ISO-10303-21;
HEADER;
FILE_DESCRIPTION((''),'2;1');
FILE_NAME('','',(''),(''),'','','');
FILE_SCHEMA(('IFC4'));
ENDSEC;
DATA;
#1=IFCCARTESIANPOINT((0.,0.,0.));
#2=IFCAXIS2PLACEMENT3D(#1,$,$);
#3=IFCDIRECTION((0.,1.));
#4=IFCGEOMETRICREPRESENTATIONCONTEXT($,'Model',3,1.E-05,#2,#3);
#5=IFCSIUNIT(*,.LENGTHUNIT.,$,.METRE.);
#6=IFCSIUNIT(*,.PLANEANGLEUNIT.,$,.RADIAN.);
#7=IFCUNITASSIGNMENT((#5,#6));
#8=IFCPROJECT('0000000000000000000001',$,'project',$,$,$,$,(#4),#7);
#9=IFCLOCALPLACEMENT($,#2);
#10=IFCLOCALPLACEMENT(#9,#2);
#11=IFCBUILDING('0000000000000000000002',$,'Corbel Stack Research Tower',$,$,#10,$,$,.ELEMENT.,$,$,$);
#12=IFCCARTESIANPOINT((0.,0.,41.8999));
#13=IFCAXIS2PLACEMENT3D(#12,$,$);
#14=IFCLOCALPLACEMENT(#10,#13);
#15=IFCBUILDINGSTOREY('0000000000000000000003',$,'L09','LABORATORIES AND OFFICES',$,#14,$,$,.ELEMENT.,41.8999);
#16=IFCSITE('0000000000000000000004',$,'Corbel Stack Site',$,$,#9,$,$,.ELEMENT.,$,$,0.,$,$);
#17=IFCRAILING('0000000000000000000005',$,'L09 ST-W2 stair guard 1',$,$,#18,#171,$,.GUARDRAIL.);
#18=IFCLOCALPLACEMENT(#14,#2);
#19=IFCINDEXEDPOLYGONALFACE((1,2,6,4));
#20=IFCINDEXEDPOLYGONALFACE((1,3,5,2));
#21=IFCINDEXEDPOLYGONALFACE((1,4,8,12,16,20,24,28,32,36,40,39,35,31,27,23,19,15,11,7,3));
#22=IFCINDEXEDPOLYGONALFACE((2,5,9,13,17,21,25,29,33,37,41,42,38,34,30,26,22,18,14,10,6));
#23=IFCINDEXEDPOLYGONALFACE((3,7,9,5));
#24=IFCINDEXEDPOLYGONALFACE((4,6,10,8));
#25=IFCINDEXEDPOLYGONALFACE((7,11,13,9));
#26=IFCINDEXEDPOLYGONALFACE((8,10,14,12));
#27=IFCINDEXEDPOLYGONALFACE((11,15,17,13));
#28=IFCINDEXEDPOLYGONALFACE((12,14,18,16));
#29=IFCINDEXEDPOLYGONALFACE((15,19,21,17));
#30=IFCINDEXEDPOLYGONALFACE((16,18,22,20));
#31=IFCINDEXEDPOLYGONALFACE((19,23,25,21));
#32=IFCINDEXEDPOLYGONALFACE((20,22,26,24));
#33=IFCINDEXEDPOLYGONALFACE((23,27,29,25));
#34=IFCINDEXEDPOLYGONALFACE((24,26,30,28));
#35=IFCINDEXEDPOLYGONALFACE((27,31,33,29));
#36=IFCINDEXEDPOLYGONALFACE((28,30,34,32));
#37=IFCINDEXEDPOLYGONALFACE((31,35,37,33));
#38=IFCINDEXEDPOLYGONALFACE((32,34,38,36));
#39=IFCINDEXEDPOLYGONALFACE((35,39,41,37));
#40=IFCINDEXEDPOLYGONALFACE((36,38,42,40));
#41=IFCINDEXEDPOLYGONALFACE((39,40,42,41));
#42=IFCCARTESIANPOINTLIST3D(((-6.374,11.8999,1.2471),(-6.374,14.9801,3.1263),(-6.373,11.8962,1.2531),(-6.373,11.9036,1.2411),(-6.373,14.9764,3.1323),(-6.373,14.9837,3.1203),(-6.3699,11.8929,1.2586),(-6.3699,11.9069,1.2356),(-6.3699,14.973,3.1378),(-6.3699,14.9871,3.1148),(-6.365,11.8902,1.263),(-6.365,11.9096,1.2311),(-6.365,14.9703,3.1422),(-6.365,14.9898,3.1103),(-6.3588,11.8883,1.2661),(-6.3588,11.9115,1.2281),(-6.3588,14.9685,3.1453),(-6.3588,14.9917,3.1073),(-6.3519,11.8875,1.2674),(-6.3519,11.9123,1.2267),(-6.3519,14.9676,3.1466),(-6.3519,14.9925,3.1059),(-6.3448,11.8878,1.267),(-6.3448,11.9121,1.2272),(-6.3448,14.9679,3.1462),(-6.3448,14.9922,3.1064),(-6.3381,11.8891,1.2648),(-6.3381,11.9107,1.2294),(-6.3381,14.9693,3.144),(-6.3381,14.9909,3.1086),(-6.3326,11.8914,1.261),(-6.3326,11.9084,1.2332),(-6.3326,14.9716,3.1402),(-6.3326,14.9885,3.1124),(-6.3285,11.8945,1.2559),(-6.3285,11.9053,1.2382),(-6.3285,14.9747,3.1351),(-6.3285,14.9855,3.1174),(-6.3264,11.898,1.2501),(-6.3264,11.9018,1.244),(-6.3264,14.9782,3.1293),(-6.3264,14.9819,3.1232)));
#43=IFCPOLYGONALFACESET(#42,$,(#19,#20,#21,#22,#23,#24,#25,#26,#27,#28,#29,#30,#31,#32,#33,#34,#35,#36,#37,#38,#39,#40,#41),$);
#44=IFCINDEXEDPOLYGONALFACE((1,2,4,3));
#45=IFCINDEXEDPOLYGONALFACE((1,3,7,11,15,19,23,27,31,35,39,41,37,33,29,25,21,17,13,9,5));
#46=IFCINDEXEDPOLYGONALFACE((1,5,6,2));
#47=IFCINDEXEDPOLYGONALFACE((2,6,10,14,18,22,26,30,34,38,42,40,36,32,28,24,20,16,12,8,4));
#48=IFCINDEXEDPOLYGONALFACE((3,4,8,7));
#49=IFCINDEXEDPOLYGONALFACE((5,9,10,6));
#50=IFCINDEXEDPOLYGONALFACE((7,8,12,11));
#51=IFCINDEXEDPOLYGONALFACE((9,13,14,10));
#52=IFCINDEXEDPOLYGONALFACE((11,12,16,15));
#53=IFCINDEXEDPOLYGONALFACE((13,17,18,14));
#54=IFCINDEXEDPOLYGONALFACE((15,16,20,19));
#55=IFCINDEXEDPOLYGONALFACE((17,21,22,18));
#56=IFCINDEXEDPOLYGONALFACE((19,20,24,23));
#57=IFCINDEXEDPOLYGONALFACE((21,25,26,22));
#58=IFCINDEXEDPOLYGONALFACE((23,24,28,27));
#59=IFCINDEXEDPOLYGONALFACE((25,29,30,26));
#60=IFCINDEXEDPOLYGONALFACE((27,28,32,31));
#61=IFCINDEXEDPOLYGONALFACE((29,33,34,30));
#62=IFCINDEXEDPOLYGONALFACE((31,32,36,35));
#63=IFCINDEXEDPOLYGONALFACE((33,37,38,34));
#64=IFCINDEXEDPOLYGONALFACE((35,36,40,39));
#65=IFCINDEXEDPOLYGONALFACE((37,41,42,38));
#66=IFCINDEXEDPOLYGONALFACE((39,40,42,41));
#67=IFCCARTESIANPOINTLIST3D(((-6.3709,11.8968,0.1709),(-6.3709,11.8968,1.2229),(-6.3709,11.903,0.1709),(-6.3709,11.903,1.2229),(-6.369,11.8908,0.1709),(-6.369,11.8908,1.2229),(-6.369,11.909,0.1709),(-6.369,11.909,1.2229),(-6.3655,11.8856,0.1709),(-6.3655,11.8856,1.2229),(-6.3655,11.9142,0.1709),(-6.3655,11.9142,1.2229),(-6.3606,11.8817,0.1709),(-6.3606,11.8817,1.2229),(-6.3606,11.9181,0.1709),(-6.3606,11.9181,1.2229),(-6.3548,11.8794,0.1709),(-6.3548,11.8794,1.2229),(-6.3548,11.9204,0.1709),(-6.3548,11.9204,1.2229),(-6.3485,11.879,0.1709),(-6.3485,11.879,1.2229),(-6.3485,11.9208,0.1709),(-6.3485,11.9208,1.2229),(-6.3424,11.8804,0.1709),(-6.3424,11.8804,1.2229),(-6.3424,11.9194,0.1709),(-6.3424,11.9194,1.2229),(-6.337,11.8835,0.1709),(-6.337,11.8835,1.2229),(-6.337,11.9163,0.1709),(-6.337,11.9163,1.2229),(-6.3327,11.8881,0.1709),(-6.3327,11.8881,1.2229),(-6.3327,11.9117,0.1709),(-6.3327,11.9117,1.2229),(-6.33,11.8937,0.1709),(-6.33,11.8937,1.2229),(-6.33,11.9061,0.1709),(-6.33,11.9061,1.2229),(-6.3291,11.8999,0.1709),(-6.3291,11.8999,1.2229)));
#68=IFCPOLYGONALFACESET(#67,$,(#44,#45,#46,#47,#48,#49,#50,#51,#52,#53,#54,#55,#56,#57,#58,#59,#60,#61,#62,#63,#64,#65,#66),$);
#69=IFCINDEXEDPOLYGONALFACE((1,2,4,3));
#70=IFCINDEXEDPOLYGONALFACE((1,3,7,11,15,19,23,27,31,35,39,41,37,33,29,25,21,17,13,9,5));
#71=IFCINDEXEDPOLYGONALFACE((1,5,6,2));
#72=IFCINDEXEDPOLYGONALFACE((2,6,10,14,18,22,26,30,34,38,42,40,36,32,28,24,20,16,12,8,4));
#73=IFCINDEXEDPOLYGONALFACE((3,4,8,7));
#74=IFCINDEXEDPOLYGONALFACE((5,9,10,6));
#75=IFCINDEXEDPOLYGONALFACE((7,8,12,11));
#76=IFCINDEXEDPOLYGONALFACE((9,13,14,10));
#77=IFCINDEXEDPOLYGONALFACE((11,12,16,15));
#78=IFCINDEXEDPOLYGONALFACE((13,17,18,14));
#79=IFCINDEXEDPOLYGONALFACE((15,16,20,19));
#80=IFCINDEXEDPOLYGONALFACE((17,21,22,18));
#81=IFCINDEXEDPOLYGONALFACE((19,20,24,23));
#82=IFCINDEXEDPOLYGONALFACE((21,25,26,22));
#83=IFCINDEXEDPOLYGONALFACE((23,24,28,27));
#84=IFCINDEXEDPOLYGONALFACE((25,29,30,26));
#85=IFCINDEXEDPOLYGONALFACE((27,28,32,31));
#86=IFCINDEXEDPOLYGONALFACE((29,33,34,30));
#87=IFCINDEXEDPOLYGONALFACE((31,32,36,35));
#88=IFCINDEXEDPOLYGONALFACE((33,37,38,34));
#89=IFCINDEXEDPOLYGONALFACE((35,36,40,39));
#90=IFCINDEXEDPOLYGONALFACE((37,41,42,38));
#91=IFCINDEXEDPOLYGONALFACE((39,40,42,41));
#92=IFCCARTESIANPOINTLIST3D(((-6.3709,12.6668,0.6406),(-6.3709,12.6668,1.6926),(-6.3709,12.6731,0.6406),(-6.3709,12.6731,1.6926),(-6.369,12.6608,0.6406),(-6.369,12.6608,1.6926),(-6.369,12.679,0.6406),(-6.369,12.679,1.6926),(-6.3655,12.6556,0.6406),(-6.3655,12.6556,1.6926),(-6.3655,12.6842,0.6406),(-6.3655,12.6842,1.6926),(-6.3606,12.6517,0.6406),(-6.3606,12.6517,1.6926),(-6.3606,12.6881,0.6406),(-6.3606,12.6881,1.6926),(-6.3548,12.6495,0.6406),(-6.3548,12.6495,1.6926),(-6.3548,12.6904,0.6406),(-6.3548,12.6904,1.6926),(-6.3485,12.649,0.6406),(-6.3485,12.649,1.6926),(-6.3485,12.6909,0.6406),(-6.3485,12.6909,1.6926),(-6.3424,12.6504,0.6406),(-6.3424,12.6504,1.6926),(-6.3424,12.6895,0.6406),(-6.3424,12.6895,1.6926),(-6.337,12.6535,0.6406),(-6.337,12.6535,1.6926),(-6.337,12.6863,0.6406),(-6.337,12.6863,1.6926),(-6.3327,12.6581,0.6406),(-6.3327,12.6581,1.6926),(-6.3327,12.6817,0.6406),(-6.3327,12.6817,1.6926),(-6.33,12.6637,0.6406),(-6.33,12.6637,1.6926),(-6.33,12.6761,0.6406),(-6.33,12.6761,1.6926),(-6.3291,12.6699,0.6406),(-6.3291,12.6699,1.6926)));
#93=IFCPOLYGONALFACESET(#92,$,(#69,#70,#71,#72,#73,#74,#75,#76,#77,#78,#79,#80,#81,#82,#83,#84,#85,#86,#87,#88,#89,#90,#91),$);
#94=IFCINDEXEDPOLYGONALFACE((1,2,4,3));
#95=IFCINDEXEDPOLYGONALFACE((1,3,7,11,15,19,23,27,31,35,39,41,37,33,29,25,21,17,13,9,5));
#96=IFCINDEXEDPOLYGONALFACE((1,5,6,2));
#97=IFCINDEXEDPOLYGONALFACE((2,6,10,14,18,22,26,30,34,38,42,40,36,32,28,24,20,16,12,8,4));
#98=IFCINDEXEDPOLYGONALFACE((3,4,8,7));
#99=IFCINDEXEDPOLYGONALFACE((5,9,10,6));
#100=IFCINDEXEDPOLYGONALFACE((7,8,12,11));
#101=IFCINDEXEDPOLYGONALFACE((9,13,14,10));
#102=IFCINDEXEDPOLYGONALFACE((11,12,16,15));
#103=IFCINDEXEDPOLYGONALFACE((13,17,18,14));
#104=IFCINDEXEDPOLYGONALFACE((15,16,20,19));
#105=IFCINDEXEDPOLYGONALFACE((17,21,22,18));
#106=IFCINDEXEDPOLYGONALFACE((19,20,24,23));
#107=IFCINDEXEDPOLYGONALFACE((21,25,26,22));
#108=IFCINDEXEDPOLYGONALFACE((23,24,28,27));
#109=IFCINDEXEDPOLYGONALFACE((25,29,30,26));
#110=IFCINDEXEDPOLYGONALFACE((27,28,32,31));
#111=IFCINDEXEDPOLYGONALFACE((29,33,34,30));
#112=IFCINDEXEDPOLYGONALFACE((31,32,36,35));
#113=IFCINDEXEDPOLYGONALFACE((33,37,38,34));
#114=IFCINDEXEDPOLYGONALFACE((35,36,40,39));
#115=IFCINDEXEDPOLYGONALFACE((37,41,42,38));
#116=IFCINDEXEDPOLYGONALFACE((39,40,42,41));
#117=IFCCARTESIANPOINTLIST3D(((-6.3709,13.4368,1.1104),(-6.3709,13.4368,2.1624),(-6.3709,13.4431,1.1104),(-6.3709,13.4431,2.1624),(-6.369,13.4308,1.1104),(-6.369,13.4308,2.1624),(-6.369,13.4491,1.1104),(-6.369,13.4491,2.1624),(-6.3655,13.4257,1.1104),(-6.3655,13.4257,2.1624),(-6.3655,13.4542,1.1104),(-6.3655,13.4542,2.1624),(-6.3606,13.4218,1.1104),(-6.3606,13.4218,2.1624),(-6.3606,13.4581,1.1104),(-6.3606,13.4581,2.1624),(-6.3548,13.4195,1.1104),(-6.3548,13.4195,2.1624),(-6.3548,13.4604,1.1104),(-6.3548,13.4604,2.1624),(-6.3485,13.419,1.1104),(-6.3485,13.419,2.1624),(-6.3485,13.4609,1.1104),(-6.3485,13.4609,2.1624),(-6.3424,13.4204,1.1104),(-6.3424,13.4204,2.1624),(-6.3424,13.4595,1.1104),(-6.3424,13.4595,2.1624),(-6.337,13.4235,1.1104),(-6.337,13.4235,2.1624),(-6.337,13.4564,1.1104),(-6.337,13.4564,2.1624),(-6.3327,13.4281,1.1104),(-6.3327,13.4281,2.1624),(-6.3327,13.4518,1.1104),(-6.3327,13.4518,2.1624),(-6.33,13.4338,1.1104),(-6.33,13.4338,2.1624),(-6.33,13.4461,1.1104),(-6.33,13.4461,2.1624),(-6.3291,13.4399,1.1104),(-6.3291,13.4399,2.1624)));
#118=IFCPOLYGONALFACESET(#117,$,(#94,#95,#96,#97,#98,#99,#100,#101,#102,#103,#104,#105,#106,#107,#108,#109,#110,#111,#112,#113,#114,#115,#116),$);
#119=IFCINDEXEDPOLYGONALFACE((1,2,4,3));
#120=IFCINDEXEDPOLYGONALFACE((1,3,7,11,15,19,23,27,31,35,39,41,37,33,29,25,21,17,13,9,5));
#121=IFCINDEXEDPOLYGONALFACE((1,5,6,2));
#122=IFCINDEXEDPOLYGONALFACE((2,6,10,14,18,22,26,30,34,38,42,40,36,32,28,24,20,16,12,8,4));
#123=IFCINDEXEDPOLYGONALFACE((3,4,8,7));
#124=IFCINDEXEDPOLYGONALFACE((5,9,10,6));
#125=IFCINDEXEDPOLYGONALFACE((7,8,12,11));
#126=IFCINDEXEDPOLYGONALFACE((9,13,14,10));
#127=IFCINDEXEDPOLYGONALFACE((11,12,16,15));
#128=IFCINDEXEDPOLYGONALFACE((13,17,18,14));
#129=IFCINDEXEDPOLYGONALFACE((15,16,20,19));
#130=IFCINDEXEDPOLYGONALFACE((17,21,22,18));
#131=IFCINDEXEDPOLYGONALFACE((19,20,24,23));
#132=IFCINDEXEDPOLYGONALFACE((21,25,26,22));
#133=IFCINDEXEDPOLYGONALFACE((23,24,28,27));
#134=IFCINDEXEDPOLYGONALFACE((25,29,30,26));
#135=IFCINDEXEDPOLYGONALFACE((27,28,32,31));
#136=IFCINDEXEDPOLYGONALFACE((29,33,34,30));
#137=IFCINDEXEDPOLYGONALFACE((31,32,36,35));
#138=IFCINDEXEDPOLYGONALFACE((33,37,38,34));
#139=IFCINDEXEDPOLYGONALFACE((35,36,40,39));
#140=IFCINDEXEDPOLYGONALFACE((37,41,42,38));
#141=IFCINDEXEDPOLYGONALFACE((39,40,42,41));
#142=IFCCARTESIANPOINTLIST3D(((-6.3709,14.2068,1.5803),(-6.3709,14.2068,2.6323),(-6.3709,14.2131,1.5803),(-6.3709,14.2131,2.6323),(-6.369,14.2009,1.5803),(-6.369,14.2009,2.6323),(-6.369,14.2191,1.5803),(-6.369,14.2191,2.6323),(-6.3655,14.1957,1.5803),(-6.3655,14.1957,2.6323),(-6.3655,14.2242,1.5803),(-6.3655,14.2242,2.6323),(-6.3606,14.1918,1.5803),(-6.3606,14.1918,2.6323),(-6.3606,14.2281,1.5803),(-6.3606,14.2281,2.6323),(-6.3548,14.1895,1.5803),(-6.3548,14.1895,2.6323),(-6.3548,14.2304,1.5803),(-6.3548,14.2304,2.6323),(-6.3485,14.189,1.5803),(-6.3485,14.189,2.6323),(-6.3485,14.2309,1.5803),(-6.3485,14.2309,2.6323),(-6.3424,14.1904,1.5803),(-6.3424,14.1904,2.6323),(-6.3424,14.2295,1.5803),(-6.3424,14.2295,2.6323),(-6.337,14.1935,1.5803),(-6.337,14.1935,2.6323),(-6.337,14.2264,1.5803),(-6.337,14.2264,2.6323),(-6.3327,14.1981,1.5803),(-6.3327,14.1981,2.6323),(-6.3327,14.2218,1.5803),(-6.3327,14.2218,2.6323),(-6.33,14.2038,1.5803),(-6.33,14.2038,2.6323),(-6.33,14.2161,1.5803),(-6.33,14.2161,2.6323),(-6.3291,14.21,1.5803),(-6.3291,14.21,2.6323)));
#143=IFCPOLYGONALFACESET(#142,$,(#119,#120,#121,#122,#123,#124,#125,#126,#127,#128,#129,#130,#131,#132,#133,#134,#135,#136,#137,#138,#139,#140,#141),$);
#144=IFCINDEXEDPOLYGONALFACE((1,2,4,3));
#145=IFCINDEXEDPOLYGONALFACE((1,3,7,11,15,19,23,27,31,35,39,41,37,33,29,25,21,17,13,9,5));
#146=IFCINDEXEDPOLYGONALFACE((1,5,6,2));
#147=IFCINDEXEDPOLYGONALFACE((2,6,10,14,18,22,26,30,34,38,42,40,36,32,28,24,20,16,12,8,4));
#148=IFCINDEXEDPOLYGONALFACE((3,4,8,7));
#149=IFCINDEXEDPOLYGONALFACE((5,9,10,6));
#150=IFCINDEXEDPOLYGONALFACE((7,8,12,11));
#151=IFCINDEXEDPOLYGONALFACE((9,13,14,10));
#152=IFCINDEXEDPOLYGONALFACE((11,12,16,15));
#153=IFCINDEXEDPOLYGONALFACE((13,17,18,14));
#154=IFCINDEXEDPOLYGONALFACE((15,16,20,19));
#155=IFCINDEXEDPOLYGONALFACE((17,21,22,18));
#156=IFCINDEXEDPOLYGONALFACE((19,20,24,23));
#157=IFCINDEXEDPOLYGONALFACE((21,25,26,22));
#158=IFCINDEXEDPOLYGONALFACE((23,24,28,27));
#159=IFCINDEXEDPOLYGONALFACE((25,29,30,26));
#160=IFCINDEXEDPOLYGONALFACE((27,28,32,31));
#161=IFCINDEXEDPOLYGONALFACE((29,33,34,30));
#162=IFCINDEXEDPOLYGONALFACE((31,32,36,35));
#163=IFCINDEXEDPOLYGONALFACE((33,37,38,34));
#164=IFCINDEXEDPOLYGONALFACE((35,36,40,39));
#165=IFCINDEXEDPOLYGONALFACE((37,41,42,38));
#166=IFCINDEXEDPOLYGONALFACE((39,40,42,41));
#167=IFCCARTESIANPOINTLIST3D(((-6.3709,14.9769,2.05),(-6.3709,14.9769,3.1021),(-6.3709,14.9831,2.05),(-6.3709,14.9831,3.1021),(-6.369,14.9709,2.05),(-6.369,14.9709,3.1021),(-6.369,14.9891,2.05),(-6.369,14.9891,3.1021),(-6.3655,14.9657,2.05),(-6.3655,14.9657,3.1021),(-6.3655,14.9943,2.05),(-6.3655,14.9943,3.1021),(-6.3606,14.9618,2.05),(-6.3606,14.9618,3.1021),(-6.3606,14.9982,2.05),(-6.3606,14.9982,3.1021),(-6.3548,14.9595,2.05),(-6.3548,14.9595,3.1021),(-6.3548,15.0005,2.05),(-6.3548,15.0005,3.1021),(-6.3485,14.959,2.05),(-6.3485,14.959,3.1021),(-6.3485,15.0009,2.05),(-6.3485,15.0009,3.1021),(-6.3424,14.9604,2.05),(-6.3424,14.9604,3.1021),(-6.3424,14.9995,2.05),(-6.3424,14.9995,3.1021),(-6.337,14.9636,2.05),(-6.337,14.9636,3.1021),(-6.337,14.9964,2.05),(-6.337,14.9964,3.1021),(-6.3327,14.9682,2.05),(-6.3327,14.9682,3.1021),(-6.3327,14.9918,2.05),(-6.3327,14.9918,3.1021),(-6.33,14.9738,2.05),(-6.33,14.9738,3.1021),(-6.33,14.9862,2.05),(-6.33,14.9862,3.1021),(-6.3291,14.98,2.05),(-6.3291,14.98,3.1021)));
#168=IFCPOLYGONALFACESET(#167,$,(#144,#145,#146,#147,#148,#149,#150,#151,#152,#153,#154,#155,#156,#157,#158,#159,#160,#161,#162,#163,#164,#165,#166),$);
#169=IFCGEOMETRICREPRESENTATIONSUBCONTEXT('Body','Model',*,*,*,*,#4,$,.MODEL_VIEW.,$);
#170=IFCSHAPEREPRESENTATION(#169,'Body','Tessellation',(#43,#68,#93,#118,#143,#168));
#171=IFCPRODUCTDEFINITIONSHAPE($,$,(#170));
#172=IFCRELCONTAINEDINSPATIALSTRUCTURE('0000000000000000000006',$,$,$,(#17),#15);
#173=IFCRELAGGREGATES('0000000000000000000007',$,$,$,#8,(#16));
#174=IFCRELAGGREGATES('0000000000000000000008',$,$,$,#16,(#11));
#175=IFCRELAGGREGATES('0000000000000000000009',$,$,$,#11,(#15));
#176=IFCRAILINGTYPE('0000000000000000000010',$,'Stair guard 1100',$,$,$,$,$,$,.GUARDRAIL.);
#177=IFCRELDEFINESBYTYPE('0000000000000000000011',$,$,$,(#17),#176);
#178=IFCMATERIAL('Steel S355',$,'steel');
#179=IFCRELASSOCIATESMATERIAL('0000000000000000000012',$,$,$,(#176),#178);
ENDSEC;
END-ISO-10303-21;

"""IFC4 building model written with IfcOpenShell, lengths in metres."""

from ifc_helpers import new_model, si_unit, direction, frame, origin, origin_2d, place, context, subcontext, project, spatial, circle, extrude, material, type_object, element, save


model = new_model("IFC4")

# Units and contexts
model_context = context("Model", 3, precision=1e-05, world=origin(), true_north=direction((0.0, 1.0)))
body_context = subcontext(model_context, "Body", "Model", "MODEL_VIEW")
ifc_project = project(units=[si_unit("LENGTHUNIT", "METRE"), si_unit("PLANEANGLEUNIT", "RADIAN")], contexts=[model_context])

# Site, building, storey
site_placement = place(None, origin())
site = spatial("IfcSite", under=ifc_project, at=site_placement, Name="Corbel Stack Site", CompositionType="ELEMENT", RefElevation=0.0)
building_placement = place(site_placement, origin())
building = spatial("IfcBuilding", under=site, at=building_placement, Name="Corbel Stack Research Tower", CompositionType="ELEMENT")
storey_placement = place(building_placement, frame((0.0, 0.0, 41.8999)))
storey = spatial("IfcBuildingStorey", under=building, at=storey_placement, Name="L09", Description="LABORATORIES AND OFFICES", CompositionType="ELEMENT", Elevation=41.8999)

# Railing
ifc_material_1 = material(Name="Steel S355", Category="steel")
railing_type = type_object("IfcRailingType", Name="Stair guard 1100", PredefinedType="GUARDRAIL", material=ifc_material_1)
railing_1_placement = place(storey_placement, frame((-6.3501, 11.8999, 0.1709)))
element("IfcRailing", 1, at=railing_1_placement, inside=storey, type_object=railing_type, Name="L09 ST-W2 stair guard 1", PredefinedType="GUARDRAIL", context=body_context, shape_type="SweptSolid", body=[
    extrude(circle(Radius=0.0239, at=origin_2d()), frame((0.0, 0.0, 1.0762), z_axis=(0.0, 0.853666, 0.52082), x_axis=(-1.0, 0.0, 0.0)), (0.0, 0.0, 1.0), 3.6082),
    extrude(circle(Radius=0.021, at=origin_2d()), origin(), (0.0, 0.0, 1.0), 1.052),
    extrude(circle(Radius=0.021, at=origin_2d()), frame((0.0, 0.77, 0.4697)), (0.0, 0.0, 1.0), 1.052),
    extrude(circle(Radius=0.021, at=origin_2d()), frame((0.0, 1.54, 0.9395)), (0.0, 0.0, 1.0), 1.052),
    extrude(circle(Radius=0.021, at=origin_2d()), frame((0.0, 2.3101, 1.4094)), (0.0, 0.0, 1.0), 1.052),
    extrude(circle(Radius=0.021, at=origin_2d()), frame((0.0, 3.0801, 1.8792)), (0.0, 0.0, 1.0), 1.052),
])

save(model, "model.ifc")
